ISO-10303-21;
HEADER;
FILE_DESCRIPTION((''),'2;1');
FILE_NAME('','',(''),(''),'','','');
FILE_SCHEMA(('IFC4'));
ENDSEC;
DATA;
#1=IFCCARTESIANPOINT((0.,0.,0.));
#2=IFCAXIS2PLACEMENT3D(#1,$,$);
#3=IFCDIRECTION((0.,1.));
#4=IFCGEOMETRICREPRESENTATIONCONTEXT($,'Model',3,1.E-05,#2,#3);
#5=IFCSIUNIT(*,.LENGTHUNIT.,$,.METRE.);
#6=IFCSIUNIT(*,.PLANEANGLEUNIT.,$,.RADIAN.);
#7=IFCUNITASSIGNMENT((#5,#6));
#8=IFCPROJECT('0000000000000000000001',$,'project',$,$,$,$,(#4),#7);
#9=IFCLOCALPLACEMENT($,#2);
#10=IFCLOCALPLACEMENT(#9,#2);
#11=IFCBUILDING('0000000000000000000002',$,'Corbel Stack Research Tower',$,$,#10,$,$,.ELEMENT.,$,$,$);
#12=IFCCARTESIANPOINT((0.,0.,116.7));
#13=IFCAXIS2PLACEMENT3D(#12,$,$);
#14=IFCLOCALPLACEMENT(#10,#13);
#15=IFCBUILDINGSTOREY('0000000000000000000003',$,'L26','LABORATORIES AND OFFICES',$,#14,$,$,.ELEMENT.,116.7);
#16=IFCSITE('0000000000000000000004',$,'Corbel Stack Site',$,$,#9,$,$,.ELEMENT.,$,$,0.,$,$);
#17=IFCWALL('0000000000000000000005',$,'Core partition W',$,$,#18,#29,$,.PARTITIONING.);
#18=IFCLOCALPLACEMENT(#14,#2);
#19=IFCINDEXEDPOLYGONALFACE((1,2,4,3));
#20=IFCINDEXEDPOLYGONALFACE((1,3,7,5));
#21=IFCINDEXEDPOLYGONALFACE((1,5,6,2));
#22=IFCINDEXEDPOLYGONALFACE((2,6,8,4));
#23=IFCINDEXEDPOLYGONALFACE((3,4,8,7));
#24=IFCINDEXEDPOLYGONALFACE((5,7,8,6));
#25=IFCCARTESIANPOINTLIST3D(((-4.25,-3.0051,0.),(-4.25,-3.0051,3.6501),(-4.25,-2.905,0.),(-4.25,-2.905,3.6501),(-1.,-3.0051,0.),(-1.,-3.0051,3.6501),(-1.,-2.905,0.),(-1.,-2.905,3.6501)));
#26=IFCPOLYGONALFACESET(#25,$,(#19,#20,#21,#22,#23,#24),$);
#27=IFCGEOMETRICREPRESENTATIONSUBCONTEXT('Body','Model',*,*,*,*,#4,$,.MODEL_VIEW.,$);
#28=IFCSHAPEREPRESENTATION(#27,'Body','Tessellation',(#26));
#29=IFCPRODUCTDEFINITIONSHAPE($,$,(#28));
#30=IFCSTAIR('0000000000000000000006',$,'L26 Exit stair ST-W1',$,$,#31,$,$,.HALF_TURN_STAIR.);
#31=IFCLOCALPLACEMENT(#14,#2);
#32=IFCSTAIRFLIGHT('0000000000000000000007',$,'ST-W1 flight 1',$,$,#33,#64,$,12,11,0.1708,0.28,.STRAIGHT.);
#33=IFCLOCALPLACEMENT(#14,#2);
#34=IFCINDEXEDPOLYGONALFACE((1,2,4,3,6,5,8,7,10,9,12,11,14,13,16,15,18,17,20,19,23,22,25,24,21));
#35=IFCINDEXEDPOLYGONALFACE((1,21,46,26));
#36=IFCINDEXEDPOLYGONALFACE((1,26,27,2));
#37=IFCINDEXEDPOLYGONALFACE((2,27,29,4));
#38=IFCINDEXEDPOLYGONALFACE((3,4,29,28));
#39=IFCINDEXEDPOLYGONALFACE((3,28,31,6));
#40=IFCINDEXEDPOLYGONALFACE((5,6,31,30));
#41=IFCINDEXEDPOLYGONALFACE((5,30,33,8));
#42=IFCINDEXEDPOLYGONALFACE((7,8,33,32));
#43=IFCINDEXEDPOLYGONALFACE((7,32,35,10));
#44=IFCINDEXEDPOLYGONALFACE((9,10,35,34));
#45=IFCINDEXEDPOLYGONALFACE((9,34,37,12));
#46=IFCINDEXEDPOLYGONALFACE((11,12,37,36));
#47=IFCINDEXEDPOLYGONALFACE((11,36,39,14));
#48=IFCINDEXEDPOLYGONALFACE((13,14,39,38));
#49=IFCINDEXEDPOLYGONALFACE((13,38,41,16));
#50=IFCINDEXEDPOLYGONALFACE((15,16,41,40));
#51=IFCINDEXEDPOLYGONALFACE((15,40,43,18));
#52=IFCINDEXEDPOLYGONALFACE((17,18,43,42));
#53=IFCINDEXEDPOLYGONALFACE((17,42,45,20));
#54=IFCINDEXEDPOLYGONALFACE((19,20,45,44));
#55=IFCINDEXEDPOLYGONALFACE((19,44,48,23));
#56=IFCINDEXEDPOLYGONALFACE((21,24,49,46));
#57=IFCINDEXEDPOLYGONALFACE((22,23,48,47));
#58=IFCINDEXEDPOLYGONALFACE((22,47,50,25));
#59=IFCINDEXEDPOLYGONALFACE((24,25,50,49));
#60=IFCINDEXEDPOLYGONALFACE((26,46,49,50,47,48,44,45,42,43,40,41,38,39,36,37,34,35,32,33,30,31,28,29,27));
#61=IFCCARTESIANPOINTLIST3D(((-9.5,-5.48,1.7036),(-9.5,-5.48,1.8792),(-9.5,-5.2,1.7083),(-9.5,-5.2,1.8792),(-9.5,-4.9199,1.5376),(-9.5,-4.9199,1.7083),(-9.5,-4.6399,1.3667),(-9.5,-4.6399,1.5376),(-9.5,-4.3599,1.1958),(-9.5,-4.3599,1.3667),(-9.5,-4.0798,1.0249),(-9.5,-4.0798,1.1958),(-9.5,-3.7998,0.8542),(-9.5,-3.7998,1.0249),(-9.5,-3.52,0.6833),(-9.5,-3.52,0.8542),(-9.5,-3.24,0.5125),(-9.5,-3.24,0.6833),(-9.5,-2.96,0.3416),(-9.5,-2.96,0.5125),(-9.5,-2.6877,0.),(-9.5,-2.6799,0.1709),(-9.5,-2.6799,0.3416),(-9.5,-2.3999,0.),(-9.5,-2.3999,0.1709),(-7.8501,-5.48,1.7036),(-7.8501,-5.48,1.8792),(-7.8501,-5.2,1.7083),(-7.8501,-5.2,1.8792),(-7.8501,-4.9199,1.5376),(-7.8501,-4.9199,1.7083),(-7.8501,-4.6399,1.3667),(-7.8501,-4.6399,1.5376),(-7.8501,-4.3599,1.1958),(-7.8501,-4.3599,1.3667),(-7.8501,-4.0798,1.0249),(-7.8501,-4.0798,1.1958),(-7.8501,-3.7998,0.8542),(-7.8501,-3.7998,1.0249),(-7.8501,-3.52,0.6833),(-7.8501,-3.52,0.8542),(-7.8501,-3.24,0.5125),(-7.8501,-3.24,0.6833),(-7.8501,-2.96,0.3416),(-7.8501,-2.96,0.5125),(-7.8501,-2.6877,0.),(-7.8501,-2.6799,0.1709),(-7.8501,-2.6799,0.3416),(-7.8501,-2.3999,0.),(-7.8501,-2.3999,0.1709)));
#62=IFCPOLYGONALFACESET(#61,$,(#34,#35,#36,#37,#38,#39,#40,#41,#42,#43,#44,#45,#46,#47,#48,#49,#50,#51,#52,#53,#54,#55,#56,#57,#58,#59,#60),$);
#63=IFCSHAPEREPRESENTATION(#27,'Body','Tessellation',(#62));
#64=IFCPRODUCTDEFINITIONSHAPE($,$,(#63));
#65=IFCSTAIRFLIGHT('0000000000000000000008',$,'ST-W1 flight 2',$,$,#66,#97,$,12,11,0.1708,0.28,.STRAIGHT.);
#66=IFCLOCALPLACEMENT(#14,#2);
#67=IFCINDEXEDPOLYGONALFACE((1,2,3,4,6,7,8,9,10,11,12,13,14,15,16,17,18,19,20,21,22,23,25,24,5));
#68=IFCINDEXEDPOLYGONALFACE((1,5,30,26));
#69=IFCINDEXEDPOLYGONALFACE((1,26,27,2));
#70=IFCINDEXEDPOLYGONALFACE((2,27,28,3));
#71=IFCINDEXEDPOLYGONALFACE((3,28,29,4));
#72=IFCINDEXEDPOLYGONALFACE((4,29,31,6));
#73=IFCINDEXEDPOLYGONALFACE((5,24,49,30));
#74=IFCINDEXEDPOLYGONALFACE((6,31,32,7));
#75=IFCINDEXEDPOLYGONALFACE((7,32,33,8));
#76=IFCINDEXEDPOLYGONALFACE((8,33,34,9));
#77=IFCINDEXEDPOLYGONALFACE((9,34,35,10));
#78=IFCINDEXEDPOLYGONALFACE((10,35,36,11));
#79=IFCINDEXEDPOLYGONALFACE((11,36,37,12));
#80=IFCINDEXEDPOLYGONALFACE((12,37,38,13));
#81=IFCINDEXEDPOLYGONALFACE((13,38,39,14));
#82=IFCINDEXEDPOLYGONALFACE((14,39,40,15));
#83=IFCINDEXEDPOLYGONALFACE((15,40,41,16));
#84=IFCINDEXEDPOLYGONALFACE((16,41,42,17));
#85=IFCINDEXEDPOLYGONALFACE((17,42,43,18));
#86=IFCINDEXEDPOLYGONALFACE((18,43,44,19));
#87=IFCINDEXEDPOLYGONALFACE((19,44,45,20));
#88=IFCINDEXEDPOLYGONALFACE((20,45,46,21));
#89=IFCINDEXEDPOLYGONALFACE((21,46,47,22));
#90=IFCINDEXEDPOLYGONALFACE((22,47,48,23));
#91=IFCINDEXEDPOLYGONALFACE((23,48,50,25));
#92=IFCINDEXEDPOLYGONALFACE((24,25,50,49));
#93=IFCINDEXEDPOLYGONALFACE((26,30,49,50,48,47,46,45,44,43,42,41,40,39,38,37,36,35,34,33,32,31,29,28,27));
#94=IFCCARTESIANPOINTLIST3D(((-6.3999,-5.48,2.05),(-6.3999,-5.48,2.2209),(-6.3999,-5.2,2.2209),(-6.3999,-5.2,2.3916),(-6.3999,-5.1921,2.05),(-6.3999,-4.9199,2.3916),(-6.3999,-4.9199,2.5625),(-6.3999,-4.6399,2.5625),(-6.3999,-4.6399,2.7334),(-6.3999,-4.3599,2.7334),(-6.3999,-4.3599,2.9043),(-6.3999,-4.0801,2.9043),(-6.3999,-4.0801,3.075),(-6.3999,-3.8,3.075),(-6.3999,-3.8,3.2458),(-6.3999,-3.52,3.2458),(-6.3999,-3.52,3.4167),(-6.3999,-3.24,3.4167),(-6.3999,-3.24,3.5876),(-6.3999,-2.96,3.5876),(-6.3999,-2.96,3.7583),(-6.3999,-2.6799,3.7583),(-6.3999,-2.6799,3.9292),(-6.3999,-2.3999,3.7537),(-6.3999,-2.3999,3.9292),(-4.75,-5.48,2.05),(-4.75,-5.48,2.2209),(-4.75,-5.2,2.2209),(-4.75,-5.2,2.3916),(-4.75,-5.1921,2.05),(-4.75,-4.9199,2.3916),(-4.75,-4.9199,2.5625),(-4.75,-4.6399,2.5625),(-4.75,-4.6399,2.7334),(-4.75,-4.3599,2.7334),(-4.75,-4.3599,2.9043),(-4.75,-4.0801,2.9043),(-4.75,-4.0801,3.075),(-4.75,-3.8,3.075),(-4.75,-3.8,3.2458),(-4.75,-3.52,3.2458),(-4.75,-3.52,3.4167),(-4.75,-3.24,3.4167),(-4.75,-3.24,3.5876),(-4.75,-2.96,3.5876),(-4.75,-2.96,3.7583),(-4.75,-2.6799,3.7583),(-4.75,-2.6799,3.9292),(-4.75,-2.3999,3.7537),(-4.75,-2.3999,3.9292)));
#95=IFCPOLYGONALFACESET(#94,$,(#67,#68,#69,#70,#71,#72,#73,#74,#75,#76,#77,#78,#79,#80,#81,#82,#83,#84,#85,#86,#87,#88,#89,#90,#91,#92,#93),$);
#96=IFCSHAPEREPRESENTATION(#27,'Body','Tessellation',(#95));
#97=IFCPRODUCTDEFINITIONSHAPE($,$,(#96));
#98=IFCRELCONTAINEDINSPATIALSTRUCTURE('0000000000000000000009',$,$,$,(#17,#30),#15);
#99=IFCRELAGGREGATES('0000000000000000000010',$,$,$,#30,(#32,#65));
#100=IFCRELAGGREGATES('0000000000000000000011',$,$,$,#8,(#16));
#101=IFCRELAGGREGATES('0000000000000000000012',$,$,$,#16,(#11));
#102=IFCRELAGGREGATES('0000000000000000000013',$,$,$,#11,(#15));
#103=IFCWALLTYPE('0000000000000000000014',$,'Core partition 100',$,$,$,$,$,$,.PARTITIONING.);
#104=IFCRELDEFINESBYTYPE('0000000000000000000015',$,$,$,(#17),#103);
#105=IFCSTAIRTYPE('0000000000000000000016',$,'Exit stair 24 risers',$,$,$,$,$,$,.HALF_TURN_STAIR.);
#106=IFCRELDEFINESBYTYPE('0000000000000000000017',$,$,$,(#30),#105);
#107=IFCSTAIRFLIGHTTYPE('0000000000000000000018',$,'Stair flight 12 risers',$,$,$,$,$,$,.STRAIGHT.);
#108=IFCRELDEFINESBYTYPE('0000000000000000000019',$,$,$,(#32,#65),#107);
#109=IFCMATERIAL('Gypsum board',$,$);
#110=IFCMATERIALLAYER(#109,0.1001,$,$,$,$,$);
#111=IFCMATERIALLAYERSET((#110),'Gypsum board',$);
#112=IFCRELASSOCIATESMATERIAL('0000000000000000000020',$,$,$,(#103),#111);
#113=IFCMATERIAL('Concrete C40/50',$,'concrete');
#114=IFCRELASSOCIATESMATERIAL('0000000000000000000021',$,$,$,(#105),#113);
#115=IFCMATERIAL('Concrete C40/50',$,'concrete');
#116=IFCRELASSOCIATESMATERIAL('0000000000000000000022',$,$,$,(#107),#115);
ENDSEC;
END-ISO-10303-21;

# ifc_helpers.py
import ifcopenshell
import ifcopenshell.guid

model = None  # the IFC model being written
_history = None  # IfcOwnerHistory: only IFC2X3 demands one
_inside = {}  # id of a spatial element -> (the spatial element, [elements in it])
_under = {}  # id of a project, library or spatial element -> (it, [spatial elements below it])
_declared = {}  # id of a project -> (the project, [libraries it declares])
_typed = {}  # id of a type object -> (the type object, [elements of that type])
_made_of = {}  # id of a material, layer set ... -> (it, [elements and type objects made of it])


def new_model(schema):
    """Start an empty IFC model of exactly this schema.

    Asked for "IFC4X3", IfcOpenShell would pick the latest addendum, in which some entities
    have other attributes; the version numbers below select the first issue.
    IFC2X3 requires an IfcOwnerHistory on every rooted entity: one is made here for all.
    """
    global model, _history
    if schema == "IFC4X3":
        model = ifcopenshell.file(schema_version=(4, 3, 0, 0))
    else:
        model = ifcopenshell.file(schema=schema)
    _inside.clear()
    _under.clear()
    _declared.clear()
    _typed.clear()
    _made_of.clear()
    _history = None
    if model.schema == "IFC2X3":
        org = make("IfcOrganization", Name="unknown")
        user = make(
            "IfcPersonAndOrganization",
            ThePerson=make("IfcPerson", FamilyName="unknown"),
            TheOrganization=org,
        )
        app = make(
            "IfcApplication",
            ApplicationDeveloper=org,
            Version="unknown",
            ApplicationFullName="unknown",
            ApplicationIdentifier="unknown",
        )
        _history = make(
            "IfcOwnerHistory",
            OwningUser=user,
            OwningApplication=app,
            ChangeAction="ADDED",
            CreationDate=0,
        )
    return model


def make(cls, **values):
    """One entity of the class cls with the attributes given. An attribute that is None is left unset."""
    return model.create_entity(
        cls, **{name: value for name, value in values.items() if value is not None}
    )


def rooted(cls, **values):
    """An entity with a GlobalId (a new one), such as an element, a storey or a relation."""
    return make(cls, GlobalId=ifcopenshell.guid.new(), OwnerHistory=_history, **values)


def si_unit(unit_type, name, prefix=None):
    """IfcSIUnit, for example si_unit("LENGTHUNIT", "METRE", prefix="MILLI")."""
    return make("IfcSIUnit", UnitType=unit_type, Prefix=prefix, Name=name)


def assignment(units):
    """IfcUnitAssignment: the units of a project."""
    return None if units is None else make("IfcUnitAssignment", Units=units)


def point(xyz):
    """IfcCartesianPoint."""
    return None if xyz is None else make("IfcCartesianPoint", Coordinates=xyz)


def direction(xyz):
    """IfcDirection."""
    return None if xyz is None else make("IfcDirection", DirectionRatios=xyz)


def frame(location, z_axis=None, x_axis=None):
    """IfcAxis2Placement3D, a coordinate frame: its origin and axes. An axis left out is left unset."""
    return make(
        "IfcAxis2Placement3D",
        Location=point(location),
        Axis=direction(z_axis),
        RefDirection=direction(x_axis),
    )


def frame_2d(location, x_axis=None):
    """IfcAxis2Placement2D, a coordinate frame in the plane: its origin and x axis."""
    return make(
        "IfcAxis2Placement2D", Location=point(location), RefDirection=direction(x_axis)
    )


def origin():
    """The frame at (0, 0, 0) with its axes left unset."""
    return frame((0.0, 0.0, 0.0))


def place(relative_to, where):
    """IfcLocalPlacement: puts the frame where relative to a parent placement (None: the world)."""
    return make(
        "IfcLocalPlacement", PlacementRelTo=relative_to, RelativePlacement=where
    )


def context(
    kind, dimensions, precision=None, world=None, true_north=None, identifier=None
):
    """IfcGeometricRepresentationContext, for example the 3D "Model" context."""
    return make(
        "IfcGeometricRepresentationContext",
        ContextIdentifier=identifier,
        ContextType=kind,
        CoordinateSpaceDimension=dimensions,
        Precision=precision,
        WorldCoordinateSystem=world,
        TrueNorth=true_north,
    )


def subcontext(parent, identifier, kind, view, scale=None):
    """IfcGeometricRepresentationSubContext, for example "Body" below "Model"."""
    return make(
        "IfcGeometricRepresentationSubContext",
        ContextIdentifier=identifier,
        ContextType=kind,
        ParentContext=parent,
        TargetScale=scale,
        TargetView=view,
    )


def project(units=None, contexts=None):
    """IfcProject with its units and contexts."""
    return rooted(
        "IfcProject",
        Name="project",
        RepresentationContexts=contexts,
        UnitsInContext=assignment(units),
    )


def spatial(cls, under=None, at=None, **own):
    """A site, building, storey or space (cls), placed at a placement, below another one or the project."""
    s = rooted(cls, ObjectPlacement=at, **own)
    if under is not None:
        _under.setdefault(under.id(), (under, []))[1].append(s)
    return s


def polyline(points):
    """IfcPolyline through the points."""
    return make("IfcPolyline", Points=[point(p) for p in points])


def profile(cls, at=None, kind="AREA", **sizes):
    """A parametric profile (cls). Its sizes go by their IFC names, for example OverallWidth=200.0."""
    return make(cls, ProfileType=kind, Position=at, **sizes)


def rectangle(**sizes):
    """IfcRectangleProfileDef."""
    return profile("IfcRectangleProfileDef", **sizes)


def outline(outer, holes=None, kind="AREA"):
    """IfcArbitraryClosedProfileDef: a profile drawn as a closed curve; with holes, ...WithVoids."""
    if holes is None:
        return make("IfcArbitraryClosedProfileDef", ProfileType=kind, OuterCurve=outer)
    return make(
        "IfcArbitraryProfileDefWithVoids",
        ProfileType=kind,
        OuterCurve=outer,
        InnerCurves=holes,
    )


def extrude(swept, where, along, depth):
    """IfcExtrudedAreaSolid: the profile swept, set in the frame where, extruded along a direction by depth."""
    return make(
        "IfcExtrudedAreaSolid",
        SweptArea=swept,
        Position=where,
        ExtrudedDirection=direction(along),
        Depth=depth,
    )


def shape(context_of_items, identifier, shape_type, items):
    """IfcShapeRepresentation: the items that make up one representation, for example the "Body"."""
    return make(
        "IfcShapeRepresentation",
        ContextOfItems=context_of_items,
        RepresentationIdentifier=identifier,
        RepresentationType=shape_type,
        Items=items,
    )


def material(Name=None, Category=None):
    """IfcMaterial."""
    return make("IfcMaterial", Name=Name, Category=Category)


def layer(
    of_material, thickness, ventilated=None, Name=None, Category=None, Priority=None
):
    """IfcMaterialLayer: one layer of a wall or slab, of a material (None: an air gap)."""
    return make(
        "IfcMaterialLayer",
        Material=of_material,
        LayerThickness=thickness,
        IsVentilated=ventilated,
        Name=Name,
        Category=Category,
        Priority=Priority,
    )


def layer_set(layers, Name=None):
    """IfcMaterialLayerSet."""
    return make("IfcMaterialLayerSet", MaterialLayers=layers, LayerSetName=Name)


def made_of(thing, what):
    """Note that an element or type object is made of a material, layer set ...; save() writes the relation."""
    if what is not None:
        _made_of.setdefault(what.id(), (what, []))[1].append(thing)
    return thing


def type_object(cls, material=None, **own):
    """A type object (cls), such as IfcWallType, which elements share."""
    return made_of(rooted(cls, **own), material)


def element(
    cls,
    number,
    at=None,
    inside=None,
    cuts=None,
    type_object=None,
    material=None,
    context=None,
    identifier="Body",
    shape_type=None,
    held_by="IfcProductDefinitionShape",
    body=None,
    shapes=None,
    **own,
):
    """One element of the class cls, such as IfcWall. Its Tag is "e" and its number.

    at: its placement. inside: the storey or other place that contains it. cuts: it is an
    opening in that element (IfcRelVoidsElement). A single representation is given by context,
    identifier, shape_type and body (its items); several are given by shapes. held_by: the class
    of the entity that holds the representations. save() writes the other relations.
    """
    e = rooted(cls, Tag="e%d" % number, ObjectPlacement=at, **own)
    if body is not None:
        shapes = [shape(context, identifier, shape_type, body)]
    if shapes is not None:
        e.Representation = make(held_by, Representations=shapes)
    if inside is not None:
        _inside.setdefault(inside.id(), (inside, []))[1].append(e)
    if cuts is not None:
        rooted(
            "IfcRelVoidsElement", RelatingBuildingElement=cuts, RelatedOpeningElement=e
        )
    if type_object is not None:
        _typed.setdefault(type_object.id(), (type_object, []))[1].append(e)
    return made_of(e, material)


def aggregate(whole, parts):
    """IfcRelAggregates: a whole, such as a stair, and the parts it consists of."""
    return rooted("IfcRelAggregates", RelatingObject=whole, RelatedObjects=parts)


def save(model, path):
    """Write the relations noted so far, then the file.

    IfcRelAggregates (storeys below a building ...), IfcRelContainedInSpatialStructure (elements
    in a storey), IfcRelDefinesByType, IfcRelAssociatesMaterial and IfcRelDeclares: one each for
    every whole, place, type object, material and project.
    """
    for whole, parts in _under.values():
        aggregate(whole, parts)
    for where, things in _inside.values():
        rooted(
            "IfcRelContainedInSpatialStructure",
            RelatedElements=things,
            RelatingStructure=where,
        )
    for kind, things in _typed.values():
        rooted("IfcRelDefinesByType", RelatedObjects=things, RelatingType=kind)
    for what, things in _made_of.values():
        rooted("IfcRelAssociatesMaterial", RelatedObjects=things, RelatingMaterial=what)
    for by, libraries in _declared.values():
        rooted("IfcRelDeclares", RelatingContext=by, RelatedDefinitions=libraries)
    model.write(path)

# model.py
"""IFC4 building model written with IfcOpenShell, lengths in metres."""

from ifc_helpers import new_model, si_unit, direction, frame, frame_2d, origin, place, context, subcontext, project, spatial, polyline, rectangle, outline, extrude, material, layer, layer_set, type_object, element, aggregate, save


model = new_model("IFC4")

# Units and contexts
model_context = context("Model", 3, precision=1e-05, world=origin(), true_north=direction((0.0, 1.0)))
body_context = subcontext(model_context, "Body", "Model", "MODEL_VIEW")
ifc_project = project(units=[si_unit("LENGTHUNIT", "METRE"), si_unit("PLANEANGLEUNIT", "RADIAN")], contexts=[model_context])

# Site, building, storey
site_placement = place(None, origin())
site = spatial("IfcSite", under=ifc_project, at=site_placement, Name="Corbel Stack Site", CompositionType="ELEMENT", RefElevation=0.0)
building_placement = place(site_placement, origin())
building = spatial("IfcBuilding", under=site, at=building_placement, Name="Corbel Stack Research Tower", CompositionType="ELEMENT")
storey_placement = place(building_placement, frame((0.0, 0.0, 116.7)))
storey = spatial("IfcBuildingStorey", under=building, at=storey_placement, Name="L26", Description="LABORATORIES AND OFFICES", CompositionType="ELEMENT", Elevation=116.7)

# Shared definitions
ifc_material_1 = material(Name="Gypsum board")
ifc_layer_1 = layer(ifc_material_1, 0.1001)
ifc_layer_set_1 = layer_set([ifc_layer_1], Name="Gypsum board")
wall_type_1 = type_object("IfcWallType", Name="Core partition 100", PredefinedType="PARTITIONING", material=ifc_layer_set_1)

# Wall
wall_1_placement = place(storey_placement, frame((-4.25, -2.9551, 0.0), z_axis=(0.0, 0.0, 1.0), x_axis=(1.0, 0.0, 0.0)))
element("IfcWall", 1, at=wall_1_placement, inside=storey, type_object=wall_type_1, Name="Core partition W", PredefinedType="PARTITIONING", context=body_context, shape_type="SweptSolid", body=[
    extrude(rectangle(XDim=3.25, YDim=0.1001, at=frame_2d((1.625, 0.0))), origin(), (0.0, 0.0, 1.0), 3.6501),
])

# Stair, stair flights
ifc_material_2 = material(Name="Concrete C40/50", Category="concrete")
stair_type = type_object("IfcStairType", Name="Exit stair 24 risers", PredefinedType="HALF_TURN_STAIR", material=ifc_material_2)
stair_placement = place(storey_placement, origin())
stair = element("IfcStair", 2, at=stair_placement, inside=storey, type_object=stair_type, Name="L26 Exit stair ST-W1", PredefinedType="HALF_TURN_STAIR")
ifc_material_3 = material(Name="Concrete C40/50", Category="concrete")
stair_flight_type = type_object("IfcStairFlightType", Name="Stair flight 12 risers", PredefinedType="STRAIGHT", material=ifc_material_3)
stair_flight_1_placement = place(storey_placement, frame((-8.675, -2.3999, 0.0), z_axis=(0.0, 0.0, 1.0), x_axis=(0.0, -1.0, 0.0)))
stair_flight_1 = element("IfcStairFlight", 3, at=stair_flight_1_placement, type_object=stair_flight_type, Name="ST-W1 flight 1", NumberOfRisers=12, NumberOfTreads=11, PredefinedType="STRAIGHT", RiserHeight=0.1708, TreadLength=0.28, context=body_context, shape_type="SweptSolid", body=[
    extrude(outline(polyline([(0.0, 0.0), (0.0, 0.1709), (0.28, 0.1709), (0.28, 0.3416), (0.5601, 0.3416), (0.5601, 0.5125), (0.8401, 0.5125), (0.8401, 0.6833), (1.1201, 0.6833), (1.1201, 0.8542), (1.3999, 0.8542), (1.3999, 1.0249), (1.6799, 1.0249), (1.6799, 1.1958), (1.96, 1.1958), (1.96, 1.3667), (2.24, 1.3667), (2.24, 1.5376), (2.52, 1.5376), (2.52, 1.7083), (2.8, 1.7083), (2.8, 1.8792), (3.0801, 1.8792), (3.0801, 2.05), (3.0801, 1.7036), (0.2878, 0.0), (0.0, 0.0)])), frame((0.0, 0.825, 0.0), z_axis=(0.0, -1.0, 0.0), x_axis=(1.0, 0.0, 0.0)), (0.0, 0.0, 1.0), 1.6499),
])
stair_flight_2_placement = place(storey_placement, frame((-5.575, -5.48, 2.05), z_axis=(0.0, 0.0, 1.0), x_axis=(0.0, 1.0, 0.0)))
stair_flight_2 = element("IfcStairFlight", 4, at=stair_flight_2_placement, type_object=stair_flight_type, Name="ST-W1 flight 2", NumberOfRisers=12, NumberOfTreads=11, PredefinedType="STRAIGHT", RiserHeight=0.1708, TreadLength=0.28, context=body_context, shape_type="SweptSolid", body=[
    extrude(outline(polyline([(0.0, 0.0), (0.0, 0.1709), (0.28, 0.1709), (0.28, 0.3416), (0.5601, 0.3416), (0.5601, 0.5125), (0.8401, 0.5125), (0.8401, 0.6833), (1.1201, 0.6833), (1.1201, 0.8542), (1.3999, 0.8542), (1.3999, 1.0249), (1.6799, 1.0249), (1.6799, 1.1958), (1.96, 1.1958), (1.96, 1.3667), (2.24, 1.3667), (2.24, 1.5376), (2.52, 1.5376), (2.52, 1.7083), (2.8, 1.7083), (2.8, 1.8792), (3.0801, 1.8792), (3.0801, 2.05), (3.0801, 1.7036), (0.2878, 0.0), (0.0, 0.0)])), frame((0.0, 0.825, 0.0), z_axis=(0.0, -1.0, 0.0), x_axis=(1.0, 0.0, 0.0)), (0.0, 0.0, 1.0), 1.6499),
])
aggregate(stair, [stair_flight_1, stair_flight_2])

save(model, "model.ifc")
